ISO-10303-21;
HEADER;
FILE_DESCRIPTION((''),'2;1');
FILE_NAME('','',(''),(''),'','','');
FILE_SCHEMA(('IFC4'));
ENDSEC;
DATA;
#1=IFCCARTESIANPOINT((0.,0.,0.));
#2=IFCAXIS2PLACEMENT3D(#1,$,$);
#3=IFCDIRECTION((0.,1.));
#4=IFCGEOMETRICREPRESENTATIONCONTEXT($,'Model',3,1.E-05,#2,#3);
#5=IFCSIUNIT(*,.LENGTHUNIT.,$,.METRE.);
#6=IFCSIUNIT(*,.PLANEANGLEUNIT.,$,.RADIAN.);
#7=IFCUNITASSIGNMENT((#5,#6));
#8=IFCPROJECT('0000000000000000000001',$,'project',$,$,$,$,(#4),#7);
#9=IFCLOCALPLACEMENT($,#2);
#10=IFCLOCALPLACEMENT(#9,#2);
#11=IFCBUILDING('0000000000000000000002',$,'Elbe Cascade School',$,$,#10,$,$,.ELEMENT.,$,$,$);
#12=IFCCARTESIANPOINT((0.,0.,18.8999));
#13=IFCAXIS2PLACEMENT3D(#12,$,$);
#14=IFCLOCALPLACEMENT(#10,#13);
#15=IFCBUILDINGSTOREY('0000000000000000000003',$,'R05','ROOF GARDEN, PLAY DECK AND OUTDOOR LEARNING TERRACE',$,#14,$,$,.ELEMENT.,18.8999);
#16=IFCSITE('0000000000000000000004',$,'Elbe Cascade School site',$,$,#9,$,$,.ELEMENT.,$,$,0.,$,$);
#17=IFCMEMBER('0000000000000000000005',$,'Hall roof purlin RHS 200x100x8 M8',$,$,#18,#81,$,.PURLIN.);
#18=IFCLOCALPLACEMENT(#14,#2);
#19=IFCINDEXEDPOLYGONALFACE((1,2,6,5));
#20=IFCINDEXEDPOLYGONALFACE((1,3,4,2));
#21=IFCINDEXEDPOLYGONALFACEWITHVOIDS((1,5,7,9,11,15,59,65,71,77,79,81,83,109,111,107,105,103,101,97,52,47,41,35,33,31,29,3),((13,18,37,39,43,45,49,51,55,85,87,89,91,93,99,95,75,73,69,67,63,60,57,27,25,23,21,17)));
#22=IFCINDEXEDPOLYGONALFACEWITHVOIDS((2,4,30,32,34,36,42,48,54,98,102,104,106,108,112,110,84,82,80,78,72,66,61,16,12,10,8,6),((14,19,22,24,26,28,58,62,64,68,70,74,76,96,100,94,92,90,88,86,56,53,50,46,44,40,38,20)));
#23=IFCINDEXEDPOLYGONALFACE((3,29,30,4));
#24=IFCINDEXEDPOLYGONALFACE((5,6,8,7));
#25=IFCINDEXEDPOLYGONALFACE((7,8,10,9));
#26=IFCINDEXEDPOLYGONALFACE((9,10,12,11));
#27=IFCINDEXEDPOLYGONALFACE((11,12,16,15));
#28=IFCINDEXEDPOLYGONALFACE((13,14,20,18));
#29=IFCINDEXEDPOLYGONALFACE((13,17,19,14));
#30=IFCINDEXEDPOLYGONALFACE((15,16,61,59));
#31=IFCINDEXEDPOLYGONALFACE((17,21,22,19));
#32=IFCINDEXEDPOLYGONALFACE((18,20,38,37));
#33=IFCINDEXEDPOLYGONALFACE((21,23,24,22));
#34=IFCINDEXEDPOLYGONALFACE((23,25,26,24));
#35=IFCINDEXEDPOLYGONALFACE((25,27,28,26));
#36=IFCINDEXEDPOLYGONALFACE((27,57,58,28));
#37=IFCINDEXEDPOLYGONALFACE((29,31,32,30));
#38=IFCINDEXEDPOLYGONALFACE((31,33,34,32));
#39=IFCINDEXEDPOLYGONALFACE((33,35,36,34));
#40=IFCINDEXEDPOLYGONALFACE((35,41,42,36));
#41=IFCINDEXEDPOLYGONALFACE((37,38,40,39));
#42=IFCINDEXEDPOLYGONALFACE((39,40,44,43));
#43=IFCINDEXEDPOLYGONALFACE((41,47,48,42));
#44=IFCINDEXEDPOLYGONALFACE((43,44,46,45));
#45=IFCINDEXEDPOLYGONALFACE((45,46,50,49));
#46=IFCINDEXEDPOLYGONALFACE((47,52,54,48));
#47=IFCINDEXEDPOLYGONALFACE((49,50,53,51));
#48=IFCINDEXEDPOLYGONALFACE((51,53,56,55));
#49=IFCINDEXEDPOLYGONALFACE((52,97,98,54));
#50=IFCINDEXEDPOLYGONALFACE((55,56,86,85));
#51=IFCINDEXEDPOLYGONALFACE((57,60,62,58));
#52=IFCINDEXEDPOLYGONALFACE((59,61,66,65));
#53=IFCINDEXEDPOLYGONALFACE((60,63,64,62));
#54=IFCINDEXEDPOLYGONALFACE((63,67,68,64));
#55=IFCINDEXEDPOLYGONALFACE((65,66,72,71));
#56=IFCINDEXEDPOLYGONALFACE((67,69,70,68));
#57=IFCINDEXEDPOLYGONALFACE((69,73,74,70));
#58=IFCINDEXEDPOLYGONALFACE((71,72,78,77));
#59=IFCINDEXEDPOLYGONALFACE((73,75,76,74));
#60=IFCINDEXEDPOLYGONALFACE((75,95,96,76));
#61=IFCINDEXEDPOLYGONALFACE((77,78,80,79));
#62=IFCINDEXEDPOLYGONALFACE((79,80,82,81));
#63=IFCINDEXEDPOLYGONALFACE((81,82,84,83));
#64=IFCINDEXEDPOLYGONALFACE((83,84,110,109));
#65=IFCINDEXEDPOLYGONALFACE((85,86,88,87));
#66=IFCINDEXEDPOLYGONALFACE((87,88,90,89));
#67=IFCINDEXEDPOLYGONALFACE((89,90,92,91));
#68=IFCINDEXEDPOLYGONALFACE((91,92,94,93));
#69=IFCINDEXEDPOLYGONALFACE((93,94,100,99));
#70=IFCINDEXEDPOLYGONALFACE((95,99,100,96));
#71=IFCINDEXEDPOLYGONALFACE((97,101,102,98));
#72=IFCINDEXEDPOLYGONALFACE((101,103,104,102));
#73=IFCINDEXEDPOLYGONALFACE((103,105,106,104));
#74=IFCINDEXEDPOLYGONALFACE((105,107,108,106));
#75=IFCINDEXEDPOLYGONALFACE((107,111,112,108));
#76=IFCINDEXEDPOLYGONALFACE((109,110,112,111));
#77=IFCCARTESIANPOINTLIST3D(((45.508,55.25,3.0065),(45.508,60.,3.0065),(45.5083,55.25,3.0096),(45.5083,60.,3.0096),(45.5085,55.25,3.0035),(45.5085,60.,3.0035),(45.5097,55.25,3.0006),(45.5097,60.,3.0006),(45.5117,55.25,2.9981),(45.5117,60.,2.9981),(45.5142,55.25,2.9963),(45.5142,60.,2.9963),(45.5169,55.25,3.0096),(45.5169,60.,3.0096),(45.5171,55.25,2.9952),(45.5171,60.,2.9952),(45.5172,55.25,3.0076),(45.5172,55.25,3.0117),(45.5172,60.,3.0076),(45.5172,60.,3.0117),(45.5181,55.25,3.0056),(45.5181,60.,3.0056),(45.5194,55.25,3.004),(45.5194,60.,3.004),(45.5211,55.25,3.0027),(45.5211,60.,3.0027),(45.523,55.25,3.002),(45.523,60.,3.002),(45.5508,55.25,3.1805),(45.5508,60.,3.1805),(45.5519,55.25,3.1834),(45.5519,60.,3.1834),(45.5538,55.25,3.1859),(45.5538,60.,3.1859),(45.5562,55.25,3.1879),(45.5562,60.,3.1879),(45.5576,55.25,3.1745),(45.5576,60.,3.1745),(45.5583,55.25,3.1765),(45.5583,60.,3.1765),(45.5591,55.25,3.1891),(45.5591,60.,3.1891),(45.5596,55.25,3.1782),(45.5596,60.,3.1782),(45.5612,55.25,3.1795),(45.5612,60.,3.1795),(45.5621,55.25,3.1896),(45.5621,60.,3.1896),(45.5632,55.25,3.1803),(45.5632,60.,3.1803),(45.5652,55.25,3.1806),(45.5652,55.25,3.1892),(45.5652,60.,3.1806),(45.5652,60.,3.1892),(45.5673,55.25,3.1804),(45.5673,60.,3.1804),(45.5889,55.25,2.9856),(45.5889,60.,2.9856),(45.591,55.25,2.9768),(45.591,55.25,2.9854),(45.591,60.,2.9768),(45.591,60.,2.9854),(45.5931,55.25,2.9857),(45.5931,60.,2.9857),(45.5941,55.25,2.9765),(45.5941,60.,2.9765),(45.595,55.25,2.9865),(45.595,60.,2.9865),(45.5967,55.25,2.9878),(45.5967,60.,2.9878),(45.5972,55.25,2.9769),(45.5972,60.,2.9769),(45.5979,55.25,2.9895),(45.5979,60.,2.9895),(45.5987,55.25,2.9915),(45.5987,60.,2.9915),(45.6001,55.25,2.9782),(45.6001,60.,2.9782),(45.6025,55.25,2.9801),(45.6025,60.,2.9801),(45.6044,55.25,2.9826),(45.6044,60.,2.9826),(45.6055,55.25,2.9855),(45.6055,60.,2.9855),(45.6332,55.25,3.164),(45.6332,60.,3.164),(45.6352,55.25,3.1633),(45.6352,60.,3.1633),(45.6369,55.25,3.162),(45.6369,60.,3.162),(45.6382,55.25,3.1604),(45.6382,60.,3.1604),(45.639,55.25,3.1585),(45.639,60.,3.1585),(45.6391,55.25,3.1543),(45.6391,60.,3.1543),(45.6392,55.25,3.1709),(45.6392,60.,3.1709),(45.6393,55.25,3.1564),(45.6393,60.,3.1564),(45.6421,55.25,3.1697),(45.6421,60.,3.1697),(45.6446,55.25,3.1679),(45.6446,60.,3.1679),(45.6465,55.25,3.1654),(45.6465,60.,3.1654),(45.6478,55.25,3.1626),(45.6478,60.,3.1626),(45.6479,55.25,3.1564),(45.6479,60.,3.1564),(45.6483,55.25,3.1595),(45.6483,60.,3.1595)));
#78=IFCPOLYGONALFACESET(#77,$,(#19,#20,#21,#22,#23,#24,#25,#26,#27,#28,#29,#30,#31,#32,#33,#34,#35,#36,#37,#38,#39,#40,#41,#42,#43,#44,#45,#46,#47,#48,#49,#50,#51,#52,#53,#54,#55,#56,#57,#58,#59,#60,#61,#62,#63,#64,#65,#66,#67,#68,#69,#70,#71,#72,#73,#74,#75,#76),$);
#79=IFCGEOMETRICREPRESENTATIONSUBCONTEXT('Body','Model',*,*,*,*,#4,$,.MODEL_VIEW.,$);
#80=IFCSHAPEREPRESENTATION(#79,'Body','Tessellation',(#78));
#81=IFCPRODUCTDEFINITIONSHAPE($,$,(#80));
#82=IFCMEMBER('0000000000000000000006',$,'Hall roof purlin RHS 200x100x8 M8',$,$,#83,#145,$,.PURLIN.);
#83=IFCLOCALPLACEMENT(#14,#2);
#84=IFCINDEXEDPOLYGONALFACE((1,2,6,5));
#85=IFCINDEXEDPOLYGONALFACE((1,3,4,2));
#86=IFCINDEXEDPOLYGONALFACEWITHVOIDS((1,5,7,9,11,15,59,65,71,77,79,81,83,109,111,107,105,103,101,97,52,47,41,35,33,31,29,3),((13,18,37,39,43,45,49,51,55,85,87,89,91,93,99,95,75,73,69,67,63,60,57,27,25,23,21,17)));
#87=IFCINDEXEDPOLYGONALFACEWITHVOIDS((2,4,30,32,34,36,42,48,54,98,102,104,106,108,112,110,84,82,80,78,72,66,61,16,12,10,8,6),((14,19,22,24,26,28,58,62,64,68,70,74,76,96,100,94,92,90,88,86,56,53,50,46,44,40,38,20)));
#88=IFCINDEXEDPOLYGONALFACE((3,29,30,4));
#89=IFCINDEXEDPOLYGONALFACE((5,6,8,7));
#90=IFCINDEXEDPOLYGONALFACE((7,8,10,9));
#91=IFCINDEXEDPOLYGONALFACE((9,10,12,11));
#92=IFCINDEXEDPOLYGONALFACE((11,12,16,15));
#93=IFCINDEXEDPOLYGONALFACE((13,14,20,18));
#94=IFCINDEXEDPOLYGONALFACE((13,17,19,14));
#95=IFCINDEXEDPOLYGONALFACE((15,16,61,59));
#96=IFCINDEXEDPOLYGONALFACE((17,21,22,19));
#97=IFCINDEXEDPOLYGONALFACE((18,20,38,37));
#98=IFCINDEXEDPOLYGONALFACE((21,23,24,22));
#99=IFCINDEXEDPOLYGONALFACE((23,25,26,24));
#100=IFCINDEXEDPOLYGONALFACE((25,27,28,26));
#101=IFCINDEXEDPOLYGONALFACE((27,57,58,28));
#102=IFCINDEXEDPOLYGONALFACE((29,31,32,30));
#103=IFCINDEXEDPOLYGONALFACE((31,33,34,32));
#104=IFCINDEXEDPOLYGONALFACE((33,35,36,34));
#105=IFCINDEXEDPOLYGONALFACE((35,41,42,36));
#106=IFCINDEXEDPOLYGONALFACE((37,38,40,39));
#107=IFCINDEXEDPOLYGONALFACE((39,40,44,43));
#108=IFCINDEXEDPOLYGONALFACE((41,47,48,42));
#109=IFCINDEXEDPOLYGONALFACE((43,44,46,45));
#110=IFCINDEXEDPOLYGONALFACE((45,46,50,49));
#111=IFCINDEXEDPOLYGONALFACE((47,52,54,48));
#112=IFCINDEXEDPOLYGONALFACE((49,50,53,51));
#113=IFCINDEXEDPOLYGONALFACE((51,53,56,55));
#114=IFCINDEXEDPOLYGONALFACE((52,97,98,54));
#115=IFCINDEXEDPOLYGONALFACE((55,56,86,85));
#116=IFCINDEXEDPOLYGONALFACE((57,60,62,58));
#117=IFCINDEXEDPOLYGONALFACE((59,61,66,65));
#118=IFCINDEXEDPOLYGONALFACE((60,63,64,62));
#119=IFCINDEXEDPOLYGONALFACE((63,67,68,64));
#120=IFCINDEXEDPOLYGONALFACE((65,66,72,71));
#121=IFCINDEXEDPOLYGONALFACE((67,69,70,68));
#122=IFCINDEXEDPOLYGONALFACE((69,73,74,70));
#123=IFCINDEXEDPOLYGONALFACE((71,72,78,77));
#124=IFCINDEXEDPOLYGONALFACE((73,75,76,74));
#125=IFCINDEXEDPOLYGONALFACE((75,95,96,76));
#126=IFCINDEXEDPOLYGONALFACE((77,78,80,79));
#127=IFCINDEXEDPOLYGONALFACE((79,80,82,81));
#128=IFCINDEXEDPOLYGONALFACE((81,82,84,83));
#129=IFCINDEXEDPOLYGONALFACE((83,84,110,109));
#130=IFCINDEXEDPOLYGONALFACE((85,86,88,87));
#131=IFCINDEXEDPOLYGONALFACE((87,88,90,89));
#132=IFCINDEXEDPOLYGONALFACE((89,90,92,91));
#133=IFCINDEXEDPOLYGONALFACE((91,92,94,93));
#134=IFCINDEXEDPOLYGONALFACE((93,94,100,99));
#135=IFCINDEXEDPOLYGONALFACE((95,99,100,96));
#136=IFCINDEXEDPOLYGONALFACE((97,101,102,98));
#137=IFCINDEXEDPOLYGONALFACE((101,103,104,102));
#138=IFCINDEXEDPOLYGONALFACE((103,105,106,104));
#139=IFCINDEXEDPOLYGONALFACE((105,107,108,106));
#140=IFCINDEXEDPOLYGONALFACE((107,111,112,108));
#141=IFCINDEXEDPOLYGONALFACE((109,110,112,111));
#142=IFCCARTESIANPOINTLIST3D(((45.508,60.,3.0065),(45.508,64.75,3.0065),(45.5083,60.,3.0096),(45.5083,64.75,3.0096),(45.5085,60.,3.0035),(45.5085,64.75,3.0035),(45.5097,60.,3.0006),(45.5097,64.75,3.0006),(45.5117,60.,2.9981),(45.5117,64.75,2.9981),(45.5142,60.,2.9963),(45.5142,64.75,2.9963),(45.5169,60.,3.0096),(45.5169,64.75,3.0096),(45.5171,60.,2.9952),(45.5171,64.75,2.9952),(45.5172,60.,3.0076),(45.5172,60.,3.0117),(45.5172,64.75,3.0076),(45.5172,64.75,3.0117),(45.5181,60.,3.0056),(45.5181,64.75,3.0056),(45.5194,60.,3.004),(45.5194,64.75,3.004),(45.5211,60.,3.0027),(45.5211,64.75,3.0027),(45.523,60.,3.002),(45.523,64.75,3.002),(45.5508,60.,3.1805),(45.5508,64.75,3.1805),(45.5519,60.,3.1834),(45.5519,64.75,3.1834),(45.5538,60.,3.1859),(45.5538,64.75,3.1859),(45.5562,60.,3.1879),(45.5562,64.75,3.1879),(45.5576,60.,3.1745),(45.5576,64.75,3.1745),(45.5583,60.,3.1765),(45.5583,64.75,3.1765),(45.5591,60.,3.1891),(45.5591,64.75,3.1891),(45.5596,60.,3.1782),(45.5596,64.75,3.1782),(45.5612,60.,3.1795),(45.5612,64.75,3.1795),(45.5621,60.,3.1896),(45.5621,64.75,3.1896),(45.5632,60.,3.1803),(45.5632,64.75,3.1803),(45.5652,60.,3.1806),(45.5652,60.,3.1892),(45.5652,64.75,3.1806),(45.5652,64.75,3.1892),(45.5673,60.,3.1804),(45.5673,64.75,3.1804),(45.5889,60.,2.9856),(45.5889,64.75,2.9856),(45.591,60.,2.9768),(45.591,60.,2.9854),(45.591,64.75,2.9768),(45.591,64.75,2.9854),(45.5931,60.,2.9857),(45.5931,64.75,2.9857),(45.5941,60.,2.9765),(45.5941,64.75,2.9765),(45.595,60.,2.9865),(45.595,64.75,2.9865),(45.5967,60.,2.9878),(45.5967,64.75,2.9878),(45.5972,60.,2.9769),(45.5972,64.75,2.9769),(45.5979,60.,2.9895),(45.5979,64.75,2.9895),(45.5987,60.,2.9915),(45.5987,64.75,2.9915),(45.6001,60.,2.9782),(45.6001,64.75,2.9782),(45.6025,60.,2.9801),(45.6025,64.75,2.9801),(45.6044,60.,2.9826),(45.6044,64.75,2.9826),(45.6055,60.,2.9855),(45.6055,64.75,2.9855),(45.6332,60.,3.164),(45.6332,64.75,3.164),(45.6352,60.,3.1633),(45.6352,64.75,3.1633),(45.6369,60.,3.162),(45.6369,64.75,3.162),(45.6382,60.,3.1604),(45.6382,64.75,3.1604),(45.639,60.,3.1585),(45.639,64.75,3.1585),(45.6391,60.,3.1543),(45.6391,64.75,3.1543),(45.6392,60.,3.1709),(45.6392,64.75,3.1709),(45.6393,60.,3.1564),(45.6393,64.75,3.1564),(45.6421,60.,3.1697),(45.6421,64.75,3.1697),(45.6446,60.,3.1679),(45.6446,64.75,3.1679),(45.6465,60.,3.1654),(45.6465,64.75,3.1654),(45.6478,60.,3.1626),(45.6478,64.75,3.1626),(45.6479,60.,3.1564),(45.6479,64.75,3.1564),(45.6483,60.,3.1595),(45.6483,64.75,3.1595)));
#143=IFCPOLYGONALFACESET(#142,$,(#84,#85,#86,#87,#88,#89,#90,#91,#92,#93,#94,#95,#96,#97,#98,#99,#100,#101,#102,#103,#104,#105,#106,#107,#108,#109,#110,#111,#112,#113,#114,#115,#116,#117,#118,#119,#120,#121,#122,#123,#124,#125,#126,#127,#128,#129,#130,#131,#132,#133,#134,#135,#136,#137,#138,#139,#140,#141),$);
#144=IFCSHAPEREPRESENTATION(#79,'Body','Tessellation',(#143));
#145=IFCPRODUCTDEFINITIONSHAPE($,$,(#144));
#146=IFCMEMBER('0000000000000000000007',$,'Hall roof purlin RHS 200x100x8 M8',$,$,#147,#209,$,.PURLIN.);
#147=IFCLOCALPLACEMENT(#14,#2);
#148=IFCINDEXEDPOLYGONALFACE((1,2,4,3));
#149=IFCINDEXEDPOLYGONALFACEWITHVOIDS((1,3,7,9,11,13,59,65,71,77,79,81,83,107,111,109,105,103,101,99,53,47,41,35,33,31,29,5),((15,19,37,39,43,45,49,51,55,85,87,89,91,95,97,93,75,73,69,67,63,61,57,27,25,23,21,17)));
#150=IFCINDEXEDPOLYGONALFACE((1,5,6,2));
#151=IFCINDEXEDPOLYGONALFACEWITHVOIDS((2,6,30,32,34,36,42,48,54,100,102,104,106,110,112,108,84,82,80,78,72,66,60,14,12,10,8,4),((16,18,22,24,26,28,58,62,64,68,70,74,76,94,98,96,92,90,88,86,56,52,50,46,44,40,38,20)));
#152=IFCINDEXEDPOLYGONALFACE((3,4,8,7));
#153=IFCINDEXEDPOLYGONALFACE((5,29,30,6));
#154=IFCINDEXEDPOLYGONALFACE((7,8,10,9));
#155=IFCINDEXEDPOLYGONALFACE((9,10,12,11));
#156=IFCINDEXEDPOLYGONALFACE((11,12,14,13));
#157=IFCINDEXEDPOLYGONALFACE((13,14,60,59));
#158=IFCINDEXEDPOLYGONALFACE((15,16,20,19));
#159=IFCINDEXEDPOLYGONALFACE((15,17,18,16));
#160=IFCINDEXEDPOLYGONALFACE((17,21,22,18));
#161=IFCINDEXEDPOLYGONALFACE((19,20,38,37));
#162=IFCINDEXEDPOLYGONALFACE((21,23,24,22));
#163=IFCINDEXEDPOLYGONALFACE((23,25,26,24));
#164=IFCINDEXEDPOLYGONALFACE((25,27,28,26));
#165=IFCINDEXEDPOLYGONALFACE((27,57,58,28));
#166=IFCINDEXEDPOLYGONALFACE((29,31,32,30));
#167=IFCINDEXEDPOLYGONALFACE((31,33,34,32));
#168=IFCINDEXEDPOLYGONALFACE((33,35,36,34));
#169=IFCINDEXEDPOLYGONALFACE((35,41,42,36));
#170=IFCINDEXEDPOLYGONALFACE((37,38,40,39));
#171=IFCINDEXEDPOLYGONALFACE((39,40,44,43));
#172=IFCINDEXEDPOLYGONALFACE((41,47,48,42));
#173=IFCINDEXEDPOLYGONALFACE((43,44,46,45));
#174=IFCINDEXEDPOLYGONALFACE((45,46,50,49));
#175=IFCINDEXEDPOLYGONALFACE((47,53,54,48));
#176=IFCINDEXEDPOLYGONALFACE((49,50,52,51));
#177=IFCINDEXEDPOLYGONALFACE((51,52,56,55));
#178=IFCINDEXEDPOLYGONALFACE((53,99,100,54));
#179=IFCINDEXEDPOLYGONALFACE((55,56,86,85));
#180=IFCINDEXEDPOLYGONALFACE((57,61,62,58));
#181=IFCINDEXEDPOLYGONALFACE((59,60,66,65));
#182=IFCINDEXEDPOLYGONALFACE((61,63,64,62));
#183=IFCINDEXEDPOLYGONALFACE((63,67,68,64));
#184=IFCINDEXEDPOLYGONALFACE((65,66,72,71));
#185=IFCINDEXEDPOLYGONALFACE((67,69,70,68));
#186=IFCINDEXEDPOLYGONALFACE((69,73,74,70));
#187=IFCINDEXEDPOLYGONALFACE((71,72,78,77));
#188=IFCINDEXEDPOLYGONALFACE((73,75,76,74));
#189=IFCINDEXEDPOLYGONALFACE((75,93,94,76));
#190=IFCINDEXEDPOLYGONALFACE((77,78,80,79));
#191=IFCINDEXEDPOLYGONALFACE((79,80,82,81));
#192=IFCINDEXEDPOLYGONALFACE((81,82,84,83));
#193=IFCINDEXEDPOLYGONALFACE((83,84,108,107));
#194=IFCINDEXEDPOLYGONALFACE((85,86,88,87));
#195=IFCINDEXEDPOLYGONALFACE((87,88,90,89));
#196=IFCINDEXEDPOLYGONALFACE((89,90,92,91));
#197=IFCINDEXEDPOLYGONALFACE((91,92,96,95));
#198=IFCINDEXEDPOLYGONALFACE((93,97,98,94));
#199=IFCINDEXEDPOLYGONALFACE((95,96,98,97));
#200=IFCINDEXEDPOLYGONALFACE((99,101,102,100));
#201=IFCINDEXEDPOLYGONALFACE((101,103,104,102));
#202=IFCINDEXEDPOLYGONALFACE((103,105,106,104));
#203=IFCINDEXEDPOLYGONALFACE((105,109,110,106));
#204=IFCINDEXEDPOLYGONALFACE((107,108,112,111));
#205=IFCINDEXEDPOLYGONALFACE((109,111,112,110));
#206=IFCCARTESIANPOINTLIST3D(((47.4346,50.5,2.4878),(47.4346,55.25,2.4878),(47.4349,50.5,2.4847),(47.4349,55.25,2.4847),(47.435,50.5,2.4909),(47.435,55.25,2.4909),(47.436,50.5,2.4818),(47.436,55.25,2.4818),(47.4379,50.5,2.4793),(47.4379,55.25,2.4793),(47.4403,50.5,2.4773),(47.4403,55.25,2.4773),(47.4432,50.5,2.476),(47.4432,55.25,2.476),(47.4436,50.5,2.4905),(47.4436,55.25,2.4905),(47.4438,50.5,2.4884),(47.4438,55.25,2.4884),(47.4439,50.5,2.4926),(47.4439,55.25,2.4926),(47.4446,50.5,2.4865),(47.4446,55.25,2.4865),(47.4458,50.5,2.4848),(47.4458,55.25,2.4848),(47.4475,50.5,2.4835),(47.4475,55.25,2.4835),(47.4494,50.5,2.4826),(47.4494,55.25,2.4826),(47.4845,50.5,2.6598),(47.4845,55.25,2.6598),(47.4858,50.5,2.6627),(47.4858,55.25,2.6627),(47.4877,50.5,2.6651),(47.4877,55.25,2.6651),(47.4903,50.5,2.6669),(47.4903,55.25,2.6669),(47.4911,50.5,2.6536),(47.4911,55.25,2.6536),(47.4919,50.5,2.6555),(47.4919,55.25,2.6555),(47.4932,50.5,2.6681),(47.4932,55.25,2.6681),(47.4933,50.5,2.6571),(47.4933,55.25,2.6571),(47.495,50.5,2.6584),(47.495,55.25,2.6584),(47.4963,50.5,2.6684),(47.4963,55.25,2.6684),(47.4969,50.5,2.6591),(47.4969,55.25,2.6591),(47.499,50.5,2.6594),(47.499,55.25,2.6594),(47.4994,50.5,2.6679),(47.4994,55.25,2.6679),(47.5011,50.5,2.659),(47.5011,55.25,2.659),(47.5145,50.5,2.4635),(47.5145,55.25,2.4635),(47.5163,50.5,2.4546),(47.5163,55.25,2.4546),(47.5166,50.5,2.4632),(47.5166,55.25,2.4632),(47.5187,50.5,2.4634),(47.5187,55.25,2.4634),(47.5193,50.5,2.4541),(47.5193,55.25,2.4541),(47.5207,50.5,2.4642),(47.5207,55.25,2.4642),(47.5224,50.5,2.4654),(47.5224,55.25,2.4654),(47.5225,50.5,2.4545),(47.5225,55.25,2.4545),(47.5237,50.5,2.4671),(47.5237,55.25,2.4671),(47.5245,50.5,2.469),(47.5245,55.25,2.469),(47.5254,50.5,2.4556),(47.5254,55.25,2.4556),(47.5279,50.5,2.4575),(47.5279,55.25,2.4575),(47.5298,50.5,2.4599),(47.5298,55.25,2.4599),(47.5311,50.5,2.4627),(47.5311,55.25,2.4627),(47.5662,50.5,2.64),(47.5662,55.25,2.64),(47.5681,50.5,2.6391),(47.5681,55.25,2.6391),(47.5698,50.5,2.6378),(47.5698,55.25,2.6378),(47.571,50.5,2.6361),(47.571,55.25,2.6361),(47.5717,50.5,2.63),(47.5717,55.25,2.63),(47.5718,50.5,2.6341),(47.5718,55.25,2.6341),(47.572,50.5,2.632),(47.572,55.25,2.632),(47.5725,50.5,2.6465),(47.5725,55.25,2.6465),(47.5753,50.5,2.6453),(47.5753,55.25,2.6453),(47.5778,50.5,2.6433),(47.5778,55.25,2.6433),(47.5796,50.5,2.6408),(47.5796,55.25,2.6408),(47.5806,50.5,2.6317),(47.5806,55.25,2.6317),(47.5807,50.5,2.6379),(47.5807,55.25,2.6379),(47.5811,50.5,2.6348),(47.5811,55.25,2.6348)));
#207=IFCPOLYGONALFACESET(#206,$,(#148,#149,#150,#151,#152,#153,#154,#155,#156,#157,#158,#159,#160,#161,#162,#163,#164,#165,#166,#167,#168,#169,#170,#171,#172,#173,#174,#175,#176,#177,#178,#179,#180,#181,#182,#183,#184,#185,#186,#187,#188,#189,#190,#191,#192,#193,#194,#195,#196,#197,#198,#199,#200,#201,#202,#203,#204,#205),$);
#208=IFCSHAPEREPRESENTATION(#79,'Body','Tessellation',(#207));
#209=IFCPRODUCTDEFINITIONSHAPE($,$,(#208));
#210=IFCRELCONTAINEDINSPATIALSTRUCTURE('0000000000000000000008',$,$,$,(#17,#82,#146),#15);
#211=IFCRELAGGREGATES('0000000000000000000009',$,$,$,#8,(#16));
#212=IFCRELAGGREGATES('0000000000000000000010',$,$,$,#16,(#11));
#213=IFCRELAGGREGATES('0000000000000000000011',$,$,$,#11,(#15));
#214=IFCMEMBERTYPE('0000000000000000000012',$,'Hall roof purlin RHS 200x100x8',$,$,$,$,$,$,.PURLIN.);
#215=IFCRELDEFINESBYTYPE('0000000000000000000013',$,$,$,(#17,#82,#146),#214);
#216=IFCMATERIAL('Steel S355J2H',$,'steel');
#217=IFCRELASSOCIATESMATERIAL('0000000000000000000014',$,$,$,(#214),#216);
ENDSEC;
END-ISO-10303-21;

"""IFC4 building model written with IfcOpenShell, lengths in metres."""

from ifc_helpers import new_model, si_unit, direction, frame, origin, origin_2d, place, context, subcontext, project, spatial, hollow_rectangle, extrude, material, material_profile, profile_set, type_object, element, save


model = new_model("IFC4")

# Units and contexts
model_context = context("Model", 3, precision=1e-05, world=origin(), true_north=direction((0.0, 1.0)))
body_context = subcontext(model_context, "Body", "Model", "MODEL_VIEW")
ifc_project = project(units=[si_unit("LENGTHUNIT", "METRE"), si_unit("PLANEANGLEUNIT", "RADIAN")], contexts=[model_context])

# Site, building, storey
site_placement = place(None, origin())
site = spatial("IfcSite", under=ifc_project, at=site_placement, Name="Elbe Cascade School site", CompositionType="ELEMENT", RefElevation=0.0)
building_placement = place(site_placement, origin())
building = spatial("IfcBuilding", under=site, at=building_placement, Name="Elbe Cascade School", CompositionType="ELEMENT")
storey_placement = place(building_placement, frame((0.0, 0.0, 18.8999)))
storey = spatial("IfcBuildingStorey", under=building, at=storey_placement, Name="R05", Description="ROOF GARDEN, PLAY DECK AND OUTDOOR LEARNING TERRACE", CompositionType="ELEMENT", Elevation=18.8999)

# Members
ifc_material_1 = material(Name="Steel S355J2H", Category="steel")
ifc_material_profile_1 = material_profile(ifc_material_1, hollow_rectangle(XDim=0.1001, YDim=0.2, WallThickness=0.0081, InnerFilletRadius=0.0081, OuterFilletRadius=0.012, at=origin_2d()), Name="RHS 200x100x8")
ifc_profile_set_1 = profile_set([ifc_material_profile_1], Name="Steel S355J2H")
member_type_1 = type_object("IfcMemberType", Name="Hall roof purlin RHS 200x100x8", PredefinedType="PURLIN", material=ifc_profile_set_1)
for number, where, z_axis, x_axis, name in (
    (1, (45.5781, 55.25, 3.083), (0.0, 1.0, 0.0), (-0.970543, 0.0, 0.240927), "Hall roof purlin RHS 200x100x8 M8"),
    (2, (45.5781, 60.0, 3.083), (0.0, 1.0, 0.0), (-0.970543, 0.0, 0.240927), "Hall roof purlin RHS 200x100x8 M8"),
    (3, (47.5078, 50.5, 2.5613), (0.0, 1.0, 0.0), (-0.959684, 0.0, 0.281081), "Hall roof purlin RHS 200x100x8 M8"),
):
    element("IfcMember", number, at=place(storey_placement, frame(where, z_axis=z_axis, x_axis=x_axis)), inside=storey, type_object=member_type_1, Name=name, PredefinedType="PURLIN", context=body_context, shape_type="SweptSolid", body=[
        extrude(hollow_rectangle(XDim=0.1001, YDim=0.2, WallThickness=0.0081, InnerFilletRadius=0.0081, OuterFilletRadius=0.012, at=origin_2d()), origin(), (0.0, 0.0, 1.0), 4.75),
    ])

save(model, "model.ifc")
